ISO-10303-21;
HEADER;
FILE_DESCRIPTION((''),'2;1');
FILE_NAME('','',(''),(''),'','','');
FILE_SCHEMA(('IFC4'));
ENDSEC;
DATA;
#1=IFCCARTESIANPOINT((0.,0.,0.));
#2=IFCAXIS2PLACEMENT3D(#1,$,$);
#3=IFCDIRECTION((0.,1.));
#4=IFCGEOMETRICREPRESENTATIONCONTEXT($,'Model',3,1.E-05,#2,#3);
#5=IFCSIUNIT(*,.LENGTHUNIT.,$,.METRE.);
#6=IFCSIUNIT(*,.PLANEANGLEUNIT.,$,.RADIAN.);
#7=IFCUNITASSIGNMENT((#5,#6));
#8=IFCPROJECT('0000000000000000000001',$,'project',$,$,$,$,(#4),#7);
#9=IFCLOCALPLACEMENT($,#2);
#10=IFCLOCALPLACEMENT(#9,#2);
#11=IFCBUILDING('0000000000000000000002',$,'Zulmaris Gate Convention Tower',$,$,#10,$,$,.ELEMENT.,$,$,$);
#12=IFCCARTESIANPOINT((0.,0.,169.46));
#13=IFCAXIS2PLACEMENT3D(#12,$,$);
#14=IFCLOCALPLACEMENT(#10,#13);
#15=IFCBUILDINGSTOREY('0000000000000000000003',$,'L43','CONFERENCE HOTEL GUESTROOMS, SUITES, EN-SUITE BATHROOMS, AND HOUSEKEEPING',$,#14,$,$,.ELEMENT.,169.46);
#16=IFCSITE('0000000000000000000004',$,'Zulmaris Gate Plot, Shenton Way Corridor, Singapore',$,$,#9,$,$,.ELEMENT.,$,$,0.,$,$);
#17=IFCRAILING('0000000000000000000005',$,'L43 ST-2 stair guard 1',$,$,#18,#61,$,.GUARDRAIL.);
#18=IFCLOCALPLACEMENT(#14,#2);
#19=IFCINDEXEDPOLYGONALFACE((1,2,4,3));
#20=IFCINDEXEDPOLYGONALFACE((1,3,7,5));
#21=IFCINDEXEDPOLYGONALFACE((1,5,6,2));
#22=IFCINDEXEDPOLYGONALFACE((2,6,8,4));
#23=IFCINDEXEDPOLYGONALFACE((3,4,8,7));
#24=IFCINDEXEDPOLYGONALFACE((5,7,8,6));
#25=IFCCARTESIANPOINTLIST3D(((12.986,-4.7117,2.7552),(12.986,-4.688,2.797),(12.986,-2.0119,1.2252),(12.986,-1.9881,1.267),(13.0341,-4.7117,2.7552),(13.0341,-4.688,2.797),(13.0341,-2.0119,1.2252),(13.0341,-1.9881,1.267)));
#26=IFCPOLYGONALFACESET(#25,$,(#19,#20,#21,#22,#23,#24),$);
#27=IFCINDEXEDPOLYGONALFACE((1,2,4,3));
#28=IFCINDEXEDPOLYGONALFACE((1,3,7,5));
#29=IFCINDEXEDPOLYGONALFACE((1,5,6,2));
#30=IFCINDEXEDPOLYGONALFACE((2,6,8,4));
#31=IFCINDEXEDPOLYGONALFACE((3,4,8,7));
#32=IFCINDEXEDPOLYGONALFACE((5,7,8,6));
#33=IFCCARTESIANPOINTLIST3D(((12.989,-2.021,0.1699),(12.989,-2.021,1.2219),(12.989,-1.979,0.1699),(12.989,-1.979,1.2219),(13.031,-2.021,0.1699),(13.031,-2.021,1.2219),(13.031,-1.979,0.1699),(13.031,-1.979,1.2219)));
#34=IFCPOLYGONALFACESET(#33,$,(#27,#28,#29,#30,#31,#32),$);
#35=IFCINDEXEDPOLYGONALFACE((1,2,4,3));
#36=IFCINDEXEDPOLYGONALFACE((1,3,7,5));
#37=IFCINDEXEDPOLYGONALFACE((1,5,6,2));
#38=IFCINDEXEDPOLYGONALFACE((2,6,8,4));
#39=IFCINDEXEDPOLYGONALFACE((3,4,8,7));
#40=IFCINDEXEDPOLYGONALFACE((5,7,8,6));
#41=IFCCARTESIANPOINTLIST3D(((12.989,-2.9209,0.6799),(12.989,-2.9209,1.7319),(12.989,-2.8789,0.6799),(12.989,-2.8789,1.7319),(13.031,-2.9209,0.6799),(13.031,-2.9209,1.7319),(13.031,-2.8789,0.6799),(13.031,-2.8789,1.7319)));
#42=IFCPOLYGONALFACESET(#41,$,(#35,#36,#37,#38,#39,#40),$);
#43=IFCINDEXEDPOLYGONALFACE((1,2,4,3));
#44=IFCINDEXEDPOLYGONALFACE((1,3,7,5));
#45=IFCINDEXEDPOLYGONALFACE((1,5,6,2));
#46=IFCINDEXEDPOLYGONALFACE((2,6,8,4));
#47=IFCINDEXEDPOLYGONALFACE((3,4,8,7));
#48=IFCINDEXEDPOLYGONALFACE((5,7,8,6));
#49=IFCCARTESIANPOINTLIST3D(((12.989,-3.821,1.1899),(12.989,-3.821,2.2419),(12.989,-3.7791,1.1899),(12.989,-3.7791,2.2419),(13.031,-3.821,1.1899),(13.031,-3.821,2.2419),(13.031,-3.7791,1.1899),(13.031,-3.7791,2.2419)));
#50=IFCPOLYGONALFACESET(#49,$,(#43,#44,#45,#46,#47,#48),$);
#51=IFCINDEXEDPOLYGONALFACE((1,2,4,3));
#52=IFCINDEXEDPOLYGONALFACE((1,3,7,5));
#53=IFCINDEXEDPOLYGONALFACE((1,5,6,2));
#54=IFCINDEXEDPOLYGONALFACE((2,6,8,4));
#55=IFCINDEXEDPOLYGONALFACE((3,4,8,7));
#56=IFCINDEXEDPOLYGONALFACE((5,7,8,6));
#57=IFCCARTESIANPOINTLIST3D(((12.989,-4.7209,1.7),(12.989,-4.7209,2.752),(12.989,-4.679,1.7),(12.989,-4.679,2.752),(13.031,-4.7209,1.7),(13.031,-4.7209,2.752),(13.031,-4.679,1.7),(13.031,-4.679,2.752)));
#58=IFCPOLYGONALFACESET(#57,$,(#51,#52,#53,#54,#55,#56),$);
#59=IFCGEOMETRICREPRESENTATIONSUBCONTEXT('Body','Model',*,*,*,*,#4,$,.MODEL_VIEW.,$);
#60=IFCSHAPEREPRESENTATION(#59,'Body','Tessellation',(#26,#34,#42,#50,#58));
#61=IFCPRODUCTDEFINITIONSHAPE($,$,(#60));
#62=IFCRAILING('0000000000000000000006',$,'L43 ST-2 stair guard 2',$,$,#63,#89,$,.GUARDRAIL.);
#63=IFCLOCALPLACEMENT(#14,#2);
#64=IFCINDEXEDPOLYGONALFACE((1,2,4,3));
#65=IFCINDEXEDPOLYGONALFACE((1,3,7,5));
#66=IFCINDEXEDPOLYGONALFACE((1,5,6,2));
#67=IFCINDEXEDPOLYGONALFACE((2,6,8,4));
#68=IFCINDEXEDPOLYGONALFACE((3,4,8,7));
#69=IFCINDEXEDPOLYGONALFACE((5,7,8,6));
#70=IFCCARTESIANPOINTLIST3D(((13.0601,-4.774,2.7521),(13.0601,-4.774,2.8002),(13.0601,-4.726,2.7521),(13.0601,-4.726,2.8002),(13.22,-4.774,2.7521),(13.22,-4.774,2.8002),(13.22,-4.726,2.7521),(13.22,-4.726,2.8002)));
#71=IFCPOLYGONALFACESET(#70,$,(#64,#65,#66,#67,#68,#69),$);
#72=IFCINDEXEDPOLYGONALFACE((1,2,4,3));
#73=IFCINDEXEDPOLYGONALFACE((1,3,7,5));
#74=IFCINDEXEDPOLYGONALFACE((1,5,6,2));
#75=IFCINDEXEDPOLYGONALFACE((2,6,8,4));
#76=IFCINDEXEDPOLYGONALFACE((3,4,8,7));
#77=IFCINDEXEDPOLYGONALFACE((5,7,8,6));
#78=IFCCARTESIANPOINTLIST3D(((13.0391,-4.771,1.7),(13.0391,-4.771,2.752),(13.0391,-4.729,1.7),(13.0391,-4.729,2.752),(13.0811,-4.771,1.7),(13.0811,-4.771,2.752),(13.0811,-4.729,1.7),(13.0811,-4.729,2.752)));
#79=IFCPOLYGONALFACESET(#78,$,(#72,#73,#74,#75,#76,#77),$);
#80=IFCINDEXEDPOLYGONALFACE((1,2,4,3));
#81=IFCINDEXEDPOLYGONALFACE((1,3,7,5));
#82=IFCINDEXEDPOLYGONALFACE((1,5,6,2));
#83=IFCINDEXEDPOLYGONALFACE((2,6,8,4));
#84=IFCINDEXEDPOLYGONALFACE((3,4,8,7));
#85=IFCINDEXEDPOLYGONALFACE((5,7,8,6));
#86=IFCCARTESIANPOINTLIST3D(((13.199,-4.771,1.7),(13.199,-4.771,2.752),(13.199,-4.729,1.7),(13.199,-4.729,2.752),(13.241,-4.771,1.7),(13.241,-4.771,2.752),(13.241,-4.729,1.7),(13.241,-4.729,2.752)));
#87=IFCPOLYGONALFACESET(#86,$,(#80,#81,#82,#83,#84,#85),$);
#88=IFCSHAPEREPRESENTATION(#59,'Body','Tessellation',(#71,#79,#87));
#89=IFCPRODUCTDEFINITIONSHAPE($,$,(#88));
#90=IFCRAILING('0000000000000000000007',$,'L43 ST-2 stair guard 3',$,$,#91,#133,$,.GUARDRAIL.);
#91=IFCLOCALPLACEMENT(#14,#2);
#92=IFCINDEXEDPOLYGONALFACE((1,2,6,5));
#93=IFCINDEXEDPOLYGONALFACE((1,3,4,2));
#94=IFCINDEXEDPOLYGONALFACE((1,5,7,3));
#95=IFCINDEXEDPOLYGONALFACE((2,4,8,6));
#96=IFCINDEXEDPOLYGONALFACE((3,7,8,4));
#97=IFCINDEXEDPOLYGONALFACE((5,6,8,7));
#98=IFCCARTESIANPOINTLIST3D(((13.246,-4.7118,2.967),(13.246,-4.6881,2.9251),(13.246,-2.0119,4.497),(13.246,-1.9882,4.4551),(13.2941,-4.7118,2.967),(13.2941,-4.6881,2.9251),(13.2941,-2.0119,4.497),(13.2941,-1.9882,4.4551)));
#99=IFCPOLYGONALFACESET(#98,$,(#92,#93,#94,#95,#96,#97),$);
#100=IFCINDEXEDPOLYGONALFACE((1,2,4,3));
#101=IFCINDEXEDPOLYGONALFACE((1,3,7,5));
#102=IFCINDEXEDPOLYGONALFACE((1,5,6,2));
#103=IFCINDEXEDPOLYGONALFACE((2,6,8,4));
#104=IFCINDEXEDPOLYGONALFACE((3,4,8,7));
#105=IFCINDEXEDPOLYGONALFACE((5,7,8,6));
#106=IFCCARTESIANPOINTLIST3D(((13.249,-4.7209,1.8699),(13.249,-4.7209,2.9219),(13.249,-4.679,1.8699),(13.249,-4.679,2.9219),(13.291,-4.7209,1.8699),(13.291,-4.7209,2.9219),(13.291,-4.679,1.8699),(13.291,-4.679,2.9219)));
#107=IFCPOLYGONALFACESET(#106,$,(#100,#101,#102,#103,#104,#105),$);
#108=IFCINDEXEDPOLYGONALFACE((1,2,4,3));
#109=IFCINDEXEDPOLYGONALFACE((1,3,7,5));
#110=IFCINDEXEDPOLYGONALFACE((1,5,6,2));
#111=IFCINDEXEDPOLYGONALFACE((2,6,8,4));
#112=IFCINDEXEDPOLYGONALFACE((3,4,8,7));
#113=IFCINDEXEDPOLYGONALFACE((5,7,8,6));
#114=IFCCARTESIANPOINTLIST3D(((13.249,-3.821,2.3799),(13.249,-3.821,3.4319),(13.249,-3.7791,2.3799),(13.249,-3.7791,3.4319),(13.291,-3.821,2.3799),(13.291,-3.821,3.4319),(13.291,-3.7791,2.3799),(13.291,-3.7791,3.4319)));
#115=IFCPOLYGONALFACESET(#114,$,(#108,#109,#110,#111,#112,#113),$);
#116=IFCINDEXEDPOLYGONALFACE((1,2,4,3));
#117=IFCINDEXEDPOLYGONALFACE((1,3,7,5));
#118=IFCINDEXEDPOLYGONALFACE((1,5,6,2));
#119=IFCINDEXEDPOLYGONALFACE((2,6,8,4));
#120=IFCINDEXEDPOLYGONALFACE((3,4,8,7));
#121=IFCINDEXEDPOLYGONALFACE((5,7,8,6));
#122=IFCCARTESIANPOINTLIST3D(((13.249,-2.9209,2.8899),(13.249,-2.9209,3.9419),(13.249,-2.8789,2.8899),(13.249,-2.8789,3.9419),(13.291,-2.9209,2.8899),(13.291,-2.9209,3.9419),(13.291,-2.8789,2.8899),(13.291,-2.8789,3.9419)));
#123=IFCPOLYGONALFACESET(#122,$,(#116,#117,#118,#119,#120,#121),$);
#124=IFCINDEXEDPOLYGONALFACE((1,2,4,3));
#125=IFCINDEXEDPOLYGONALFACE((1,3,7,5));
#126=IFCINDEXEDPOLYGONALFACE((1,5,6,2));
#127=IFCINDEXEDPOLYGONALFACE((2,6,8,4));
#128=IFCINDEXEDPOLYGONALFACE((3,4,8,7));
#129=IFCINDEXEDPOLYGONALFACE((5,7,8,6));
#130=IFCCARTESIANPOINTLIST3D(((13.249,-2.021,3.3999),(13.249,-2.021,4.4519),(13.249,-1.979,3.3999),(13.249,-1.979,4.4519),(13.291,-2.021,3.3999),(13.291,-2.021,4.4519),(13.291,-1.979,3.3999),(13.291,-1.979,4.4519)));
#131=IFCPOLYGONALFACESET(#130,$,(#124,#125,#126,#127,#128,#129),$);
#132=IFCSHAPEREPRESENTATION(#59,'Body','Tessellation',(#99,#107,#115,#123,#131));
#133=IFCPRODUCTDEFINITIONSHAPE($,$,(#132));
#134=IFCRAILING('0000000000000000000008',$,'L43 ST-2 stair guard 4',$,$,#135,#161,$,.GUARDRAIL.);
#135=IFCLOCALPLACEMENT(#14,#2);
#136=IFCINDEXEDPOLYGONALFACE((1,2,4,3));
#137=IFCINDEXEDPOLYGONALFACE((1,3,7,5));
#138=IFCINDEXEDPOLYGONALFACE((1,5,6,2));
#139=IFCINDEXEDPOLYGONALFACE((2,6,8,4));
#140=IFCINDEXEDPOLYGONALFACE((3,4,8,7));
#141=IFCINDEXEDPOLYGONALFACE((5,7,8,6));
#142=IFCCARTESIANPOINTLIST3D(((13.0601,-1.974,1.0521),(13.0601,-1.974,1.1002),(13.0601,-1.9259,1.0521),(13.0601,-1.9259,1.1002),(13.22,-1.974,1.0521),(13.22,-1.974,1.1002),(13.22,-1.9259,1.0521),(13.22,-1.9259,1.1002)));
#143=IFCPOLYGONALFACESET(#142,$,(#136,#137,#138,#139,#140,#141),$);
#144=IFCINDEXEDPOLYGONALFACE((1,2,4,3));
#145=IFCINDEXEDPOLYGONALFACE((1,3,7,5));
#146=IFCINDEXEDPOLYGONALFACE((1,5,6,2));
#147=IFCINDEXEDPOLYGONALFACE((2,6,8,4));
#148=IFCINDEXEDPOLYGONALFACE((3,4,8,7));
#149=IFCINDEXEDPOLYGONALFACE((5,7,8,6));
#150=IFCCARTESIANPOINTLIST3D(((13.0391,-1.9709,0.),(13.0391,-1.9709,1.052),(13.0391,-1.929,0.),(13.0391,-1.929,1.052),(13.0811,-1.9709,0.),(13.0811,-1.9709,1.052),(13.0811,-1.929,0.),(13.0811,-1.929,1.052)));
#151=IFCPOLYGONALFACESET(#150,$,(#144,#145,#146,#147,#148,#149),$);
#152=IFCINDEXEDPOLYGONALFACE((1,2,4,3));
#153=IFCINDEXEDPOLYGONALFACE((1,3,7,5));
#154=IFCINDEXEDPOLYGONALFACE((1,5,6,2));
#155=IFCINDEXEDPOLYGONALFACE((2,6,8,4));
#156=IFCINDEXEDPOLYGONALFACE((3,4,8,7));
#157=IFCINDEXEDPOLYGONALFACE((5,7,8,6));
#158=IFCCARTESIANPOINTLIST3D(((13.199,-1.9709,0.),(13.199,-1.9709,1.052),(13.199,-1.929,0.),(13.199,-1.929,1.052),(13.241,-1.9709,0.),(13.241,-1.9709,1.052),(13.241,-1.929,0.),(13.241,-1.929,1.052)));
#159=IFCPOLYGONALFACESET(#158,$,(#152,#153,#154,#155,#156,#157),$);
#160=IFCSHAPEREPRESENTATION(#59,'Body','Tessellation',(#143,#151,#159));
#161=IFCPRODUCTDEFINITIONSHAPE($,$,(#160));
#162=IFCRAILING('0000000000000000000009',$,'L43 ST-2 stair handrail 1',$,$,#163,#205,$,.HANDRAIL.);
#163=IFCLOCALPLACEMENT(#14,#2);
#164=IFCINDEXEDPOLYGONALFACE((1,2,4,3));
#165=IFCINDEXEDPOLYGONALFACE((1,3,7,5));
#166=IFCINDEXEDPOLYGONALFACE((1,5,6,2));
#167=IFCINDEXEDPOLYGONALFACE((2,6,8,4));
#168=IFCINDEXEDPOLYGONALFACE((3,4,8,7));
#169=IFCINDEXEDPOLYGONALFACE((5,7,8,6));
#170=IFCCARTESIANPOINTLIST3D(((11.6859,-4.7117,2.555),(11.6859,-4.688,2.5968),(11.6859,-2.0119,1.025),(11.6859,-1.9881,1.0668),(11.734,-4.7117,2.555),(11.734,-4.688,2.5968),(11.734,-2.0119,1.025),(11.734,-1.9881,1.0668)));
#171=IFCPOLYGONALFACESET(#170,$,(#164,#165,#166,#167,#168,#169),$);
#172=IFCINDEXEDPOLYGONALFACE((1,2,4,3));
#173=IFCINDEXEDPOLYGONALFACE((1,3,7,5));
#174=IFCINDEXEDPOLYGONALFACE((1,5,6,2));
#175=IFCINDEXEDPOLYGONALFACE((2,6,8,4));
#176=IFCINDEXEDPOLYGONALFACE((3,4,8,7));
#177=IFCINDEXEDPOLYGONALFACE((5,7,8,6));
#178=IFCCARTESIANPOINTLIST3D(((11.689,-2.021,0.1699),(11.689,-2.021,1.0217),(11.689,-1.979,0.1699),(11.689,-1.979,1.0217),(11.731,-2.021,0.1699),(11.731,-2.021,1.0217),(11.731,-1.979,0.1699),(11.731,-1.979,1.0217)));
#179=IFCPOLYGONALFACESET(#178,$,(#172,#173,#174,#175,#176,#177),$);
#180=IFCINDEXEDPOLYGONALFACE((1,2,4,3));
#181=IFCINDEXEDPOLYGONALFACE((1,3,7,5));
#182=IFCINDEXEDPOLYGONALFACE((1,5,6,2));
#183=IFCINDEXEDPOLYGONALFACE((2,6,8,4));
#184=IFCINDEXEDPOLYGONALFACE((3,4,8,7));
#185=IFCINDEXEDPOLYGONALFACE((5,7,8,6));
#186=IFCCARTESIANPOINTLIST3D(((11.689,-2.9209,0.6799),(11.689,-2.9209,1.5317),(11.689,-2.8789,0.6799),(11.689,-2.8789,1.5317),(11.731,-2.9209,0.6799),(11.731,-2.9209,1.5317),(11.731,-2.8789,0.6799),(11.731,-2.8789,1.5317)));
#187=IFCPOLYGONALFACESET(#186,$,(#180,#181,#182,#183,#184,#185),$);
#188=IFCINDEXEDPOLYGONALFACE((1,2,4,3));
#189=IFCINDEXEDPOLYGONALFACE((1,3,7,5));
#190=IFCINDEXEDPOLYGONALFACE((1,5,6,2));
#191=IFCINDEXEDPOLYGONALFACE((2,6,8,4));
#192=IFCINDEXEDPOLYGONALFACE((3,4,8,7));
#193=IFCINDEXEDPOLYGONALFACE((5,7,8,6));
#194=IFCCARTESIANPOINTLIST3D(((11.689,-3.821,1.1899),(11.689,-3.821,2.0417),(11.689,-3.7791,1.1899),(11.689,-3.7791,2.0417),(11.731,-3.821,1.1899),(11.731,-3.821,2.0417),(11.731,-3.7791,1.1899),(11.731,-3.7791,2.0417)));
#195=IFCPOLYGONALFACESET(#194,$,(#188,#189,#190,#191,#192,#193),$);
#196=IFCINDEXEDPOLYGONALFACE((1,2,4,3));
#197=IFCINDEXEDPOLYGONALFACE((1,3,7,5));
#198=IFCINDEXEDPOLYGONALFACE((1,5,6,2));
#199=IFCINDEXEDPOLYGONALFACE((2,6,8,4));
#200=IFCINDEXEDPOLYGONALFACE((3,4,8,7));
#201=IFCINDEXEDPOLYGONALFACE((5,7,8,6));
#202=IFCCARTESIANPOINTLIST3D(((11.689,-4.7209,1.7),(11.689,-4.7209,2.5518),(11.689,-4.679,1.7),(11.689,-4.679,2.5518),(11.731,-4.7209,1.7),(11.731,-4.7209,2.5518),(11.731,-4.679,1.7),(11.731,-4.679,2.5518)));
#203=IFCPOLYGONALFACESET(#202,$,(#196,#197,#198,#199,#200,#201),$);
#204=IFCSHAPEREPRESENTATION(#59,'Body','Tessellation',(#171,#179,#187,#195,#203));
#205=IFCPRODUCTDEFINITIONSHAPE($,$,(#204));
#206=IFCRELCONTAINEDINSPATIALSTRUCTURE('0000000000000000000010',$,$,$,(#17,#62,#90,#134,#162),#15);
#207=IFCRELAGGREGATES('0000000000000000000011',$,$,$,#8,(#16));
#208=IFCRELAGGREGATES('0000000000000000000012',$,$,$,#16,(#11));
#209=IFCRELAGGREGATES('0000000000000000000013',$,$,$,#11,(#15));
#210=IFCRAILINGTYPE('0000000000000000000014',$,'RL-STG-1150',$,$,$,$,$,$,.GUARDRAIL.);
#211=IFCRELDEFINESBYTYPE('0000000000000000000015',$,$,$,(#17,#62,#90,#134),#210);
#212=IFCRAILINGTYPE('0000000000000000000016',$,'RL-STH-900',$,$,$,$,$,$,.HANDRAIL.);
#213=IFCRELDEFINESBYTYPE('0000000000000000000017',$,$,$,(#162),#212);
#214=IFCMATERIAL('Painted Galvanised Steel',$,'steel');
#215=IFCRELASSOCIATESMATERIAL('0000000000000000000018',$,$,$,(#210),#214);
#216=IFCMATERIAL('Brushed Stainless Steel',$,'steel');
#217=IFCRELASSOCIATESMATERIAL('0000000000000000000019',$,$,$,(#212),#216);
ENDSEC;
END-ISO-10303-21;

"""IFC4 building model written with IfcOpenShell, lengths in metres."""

from ifc_helpers import new_model, si_unit, direction, frame, origin, origin_2d, place, context, subcontext, project, spatial, rectangle, extrude, material, type_object, element, save


model = new_model("IFC4")

# Units and contexts
model_context = context("Model", 3, precision=1e-05, world=origin(), true_north=direction((0.0, 1.0)))
body_context = subcontext(model_context, "Body", "Model", "MODEL_VIEW")
ifc_project = project(units=[si_unit("LENGTHUNIT", "METRE"), si_unit("PLANEANGLEUNIT", "RADIAN")], contexts=[model_context])

# Site, building, storey
site_placement = place(None, origin())
site = spatial("IfcSite", under=ifc_project, at=site_placement, Name="Zulmaris Gate Plot, Shenton Way Corridor, Singapore", CompositionType="ELEMENT", RefElevation=0.0)
building_placement = place(site_placement, origin())
building = spatial("IfcBuilding", under=site, at=building_placement, Name="Zulmaris Gate Convention Tower", CompositionType="ELEMENT")
storey_placement = place(building_placement, frame((0.0, 0.0, 169.46)))
storey = spatial("IfcBuildingStorey", under=building, at=storey_placement, Name="L43", Description="CONFERENCE HOTEL GUESTROOMS, SUITES, EN-SUITE BATHROOMS, AND HOUSEKEEPING", CompositionType="ELEMENT", Elevation=169.46)

# Railings
ifc_material_1 = material(Name="Painted Galvanised Steel", Category="steel")
railing_type_1 = type_object("IfcRailingType", Name="RL-STG-1150", PredefinedType="GUARDRAIL", material=ifc_material_1)
railing_1_placement = place(storey_placement, frame((13.01, -2.0, 0.1699)))
element("IfcRailing", 1, at=railing_1_placement, inside=storey, type_object=railing_type_1, Name="L43 ST-2 stair guard 1", PredefinedType="GUARDRAIL", context=body_context, shape_type="SweptSolid", body=[
    extrude(rectangle(XDim=0.0481, YDim=0.0481, at=origin_2d()), frame((0.0, 0.0, 1.0762), z_axis=(0.0, -0.870014, 0.493026), x_axis=(1.0, 0.0, 0.0)), (0.0, 0.0, 1.0), 3.1033),
    extrude(rectangle(XDim=0.042, YDim=0.042, at=origin_2d()), origin(), (0.0, 0.0, 1.0), 1.052),
    extrude(rectangle(XDim=0.042, YDim=0.042, at=origin_2d()), frame((0.0, -0.8999, 0.51)), (0.0, 0.0, 1.0), 1.052),
    extrude(rectangle(XDim=0.042, YDim=0.042, at=origin_2d()), frame((0.0, -1.8, 1.02)), (0.0, 0.0, 1.0), 1.052),
    extrude(rectangle(XDim=0.042, YDim=0.042, at=origin_2d()), frame((0.0, -2.7, 1.53)), (0.0, 0.0, 1.0), 1.052),
])
railing_2_placement = place(storey_placement, frame((13.0601, -4.75, 1.7)))
element("IfcRailing", 2, at=railing_2_placement, inside=storey, type_object=railing_type_1, Name="L43 ST-2 stair guard 2", PredefinedType="GUARDRAIL", context=body_context, shape_type="SweptSolid", body=[
    extrude(rectangle(XDim=0.0481, YDim=0.0481, at=origin_2d()), frame((0.0, 0.0, 1.0762), z_axis=(1.0, 0.0, 0.0), x_axis=(0.0, 1.0, 0.0)), (0.0, 0.0, 1.0), 0.1599),
    extrude(rectangle(XDim=0.042, YDim=0.042, at=origin_2d()), origin(), (0.0, 0.0, 1.0), 1.052),
    extrude(rectangle(XDim=0.042, YDim=0.042, at=origin_2d()), frame((0.1599, 0.0, 0.0)), (0.0, 0.0, 1.0), 1.052),
])
railing_3_placement = place(storey_placement, frame((13.27, -4.7, 1.8699)))
element("IfcRailing", 3, at=railing_3_placement, inside=storey, type_object=railing_type_1, Name="L43 ST-2 stair guard 3", PredefinedType="GUARDRAIL", context=body_context, shape_type="SweptSolid", body=[
    extrude(rectangle(XDim=0.0481, YDim=0.0481, at=origin_2d()), frame((0.0, 0.0, 1.0762), z_axis=(0.0, 0.870014, 0.493026), x_axis=(-1.0, 0.0, 0.0)), (0.0, 0.0, 1.0), 3.1033),
    extrude(rectangle(XDim=0.042, YDim=0.042, at=origin_2d()), origin(), (0.0, 0.0, 1.0), 1.052),
    extrude(rectangle(XDim=0.042, YDim=0.042, at=origin_2d()), frame((0.0, 0.8999, 0.51)), (0.0, 0.0, 1.0), 1.052),
    extrude(rectangle(XDim=0.042, YDim=0.042, at=origin_2d()), frame((0.0, 1.8, 1.02)), (0.0, 0.0, 1.0), 1.052),
    extrude(rectangle(XDim=0.042, YDim=0.042, at=origin_2d()), frame((0.0, 2.7, 1.53)), (0.0, 0.0, 1.0), 1.052),
])
railing_4_placement = place(storey_placement, frame((13.0601, -1.95, 0.0)))
element("IfcRailing", 4, at=railing_4_placement, inside=storey, type_object=railing_type_1, Name="L43 ST-2 stair guard 4", PredefinedType="GUARDRAIL", context=body_context, shape_type="SweptSolid", body=[
    extrude(rectangle(XDim=0.0481, YDim=0.0481, at=origin_2d()), frame((0.0, 0.0, 1.0762), z_axis=(1.0, 0.0, 0.0), x_axis=(0.0, 1.0, 0.0)), (0.0, 0.0, 1.0), 0.1599),
    extrude(rectangle(XDim=0.042, YDim=0.042, at=origin_2d()), origin(), (0.0, 0.0, 1.0), 1.052),
    extrude(rectangle(XDim=0.042, YDim=0.042, at=origin_2d()), frame((0.1599, 0.0, 0.0)), (0.0, 0.0, 1.0), 1.052),
])
ifc_material_2 = material(Name="Brushed Stainless Steel", Category="steel")
railing_type_2 = type_object("IfcRailingType", Name="RL-STH-900", PredefinedType="HANDRAIL", material=ifc_material_2)
railing_5_placement = place(storey_placement, frame((11.71, -2.0, 0.1699)))
element("IfcRailing", 5, at=railing_5_placement, inside=storey, type_object=railing_type_2, Name="L43 ST-2 stair handrail 1", PredefinedType="HANDRAIL", context=body_context, shape_type="SweptSolid", body=[
    extrude(rectangle(XDim=0.0481, YDim=0.0481, at=origin_2d()), frame((0.0, 0.0, 0.876), z_axis=(0.0, -0.870014, 0.493026), x_axis=(1.0, 0.0, 0.0)), (0.0, 0.0, 1.0), 3.1033),
    extrude(rectangle(XDim=0.042, YDim=0.042, at=origin_2d()), origin(), (0.0, 0.0, 1.0), 0.8518),
    extrude(rectangle(XDim=0.042, YDim=0.042, at=origin_2d()), frame((0.0, -0.8999, 0.51)), (0.0, 0.0, 1.0), 0.8518),
    extrude(rectangle(XDim=0.042, YDim=0.042, at=origin_2d()), frame((0.0, -1.8, 1.02)), (0.0, 0.0, 1.0), 0.8518),
    extrude(rectangle(XDim=0.042, YDim=0.042, at=origin_2d()), frame((0.0, -2.7, 1.53)), (0.0, 0.0, 1.0), 0.8518),
])

save(model, "model.ifc")
